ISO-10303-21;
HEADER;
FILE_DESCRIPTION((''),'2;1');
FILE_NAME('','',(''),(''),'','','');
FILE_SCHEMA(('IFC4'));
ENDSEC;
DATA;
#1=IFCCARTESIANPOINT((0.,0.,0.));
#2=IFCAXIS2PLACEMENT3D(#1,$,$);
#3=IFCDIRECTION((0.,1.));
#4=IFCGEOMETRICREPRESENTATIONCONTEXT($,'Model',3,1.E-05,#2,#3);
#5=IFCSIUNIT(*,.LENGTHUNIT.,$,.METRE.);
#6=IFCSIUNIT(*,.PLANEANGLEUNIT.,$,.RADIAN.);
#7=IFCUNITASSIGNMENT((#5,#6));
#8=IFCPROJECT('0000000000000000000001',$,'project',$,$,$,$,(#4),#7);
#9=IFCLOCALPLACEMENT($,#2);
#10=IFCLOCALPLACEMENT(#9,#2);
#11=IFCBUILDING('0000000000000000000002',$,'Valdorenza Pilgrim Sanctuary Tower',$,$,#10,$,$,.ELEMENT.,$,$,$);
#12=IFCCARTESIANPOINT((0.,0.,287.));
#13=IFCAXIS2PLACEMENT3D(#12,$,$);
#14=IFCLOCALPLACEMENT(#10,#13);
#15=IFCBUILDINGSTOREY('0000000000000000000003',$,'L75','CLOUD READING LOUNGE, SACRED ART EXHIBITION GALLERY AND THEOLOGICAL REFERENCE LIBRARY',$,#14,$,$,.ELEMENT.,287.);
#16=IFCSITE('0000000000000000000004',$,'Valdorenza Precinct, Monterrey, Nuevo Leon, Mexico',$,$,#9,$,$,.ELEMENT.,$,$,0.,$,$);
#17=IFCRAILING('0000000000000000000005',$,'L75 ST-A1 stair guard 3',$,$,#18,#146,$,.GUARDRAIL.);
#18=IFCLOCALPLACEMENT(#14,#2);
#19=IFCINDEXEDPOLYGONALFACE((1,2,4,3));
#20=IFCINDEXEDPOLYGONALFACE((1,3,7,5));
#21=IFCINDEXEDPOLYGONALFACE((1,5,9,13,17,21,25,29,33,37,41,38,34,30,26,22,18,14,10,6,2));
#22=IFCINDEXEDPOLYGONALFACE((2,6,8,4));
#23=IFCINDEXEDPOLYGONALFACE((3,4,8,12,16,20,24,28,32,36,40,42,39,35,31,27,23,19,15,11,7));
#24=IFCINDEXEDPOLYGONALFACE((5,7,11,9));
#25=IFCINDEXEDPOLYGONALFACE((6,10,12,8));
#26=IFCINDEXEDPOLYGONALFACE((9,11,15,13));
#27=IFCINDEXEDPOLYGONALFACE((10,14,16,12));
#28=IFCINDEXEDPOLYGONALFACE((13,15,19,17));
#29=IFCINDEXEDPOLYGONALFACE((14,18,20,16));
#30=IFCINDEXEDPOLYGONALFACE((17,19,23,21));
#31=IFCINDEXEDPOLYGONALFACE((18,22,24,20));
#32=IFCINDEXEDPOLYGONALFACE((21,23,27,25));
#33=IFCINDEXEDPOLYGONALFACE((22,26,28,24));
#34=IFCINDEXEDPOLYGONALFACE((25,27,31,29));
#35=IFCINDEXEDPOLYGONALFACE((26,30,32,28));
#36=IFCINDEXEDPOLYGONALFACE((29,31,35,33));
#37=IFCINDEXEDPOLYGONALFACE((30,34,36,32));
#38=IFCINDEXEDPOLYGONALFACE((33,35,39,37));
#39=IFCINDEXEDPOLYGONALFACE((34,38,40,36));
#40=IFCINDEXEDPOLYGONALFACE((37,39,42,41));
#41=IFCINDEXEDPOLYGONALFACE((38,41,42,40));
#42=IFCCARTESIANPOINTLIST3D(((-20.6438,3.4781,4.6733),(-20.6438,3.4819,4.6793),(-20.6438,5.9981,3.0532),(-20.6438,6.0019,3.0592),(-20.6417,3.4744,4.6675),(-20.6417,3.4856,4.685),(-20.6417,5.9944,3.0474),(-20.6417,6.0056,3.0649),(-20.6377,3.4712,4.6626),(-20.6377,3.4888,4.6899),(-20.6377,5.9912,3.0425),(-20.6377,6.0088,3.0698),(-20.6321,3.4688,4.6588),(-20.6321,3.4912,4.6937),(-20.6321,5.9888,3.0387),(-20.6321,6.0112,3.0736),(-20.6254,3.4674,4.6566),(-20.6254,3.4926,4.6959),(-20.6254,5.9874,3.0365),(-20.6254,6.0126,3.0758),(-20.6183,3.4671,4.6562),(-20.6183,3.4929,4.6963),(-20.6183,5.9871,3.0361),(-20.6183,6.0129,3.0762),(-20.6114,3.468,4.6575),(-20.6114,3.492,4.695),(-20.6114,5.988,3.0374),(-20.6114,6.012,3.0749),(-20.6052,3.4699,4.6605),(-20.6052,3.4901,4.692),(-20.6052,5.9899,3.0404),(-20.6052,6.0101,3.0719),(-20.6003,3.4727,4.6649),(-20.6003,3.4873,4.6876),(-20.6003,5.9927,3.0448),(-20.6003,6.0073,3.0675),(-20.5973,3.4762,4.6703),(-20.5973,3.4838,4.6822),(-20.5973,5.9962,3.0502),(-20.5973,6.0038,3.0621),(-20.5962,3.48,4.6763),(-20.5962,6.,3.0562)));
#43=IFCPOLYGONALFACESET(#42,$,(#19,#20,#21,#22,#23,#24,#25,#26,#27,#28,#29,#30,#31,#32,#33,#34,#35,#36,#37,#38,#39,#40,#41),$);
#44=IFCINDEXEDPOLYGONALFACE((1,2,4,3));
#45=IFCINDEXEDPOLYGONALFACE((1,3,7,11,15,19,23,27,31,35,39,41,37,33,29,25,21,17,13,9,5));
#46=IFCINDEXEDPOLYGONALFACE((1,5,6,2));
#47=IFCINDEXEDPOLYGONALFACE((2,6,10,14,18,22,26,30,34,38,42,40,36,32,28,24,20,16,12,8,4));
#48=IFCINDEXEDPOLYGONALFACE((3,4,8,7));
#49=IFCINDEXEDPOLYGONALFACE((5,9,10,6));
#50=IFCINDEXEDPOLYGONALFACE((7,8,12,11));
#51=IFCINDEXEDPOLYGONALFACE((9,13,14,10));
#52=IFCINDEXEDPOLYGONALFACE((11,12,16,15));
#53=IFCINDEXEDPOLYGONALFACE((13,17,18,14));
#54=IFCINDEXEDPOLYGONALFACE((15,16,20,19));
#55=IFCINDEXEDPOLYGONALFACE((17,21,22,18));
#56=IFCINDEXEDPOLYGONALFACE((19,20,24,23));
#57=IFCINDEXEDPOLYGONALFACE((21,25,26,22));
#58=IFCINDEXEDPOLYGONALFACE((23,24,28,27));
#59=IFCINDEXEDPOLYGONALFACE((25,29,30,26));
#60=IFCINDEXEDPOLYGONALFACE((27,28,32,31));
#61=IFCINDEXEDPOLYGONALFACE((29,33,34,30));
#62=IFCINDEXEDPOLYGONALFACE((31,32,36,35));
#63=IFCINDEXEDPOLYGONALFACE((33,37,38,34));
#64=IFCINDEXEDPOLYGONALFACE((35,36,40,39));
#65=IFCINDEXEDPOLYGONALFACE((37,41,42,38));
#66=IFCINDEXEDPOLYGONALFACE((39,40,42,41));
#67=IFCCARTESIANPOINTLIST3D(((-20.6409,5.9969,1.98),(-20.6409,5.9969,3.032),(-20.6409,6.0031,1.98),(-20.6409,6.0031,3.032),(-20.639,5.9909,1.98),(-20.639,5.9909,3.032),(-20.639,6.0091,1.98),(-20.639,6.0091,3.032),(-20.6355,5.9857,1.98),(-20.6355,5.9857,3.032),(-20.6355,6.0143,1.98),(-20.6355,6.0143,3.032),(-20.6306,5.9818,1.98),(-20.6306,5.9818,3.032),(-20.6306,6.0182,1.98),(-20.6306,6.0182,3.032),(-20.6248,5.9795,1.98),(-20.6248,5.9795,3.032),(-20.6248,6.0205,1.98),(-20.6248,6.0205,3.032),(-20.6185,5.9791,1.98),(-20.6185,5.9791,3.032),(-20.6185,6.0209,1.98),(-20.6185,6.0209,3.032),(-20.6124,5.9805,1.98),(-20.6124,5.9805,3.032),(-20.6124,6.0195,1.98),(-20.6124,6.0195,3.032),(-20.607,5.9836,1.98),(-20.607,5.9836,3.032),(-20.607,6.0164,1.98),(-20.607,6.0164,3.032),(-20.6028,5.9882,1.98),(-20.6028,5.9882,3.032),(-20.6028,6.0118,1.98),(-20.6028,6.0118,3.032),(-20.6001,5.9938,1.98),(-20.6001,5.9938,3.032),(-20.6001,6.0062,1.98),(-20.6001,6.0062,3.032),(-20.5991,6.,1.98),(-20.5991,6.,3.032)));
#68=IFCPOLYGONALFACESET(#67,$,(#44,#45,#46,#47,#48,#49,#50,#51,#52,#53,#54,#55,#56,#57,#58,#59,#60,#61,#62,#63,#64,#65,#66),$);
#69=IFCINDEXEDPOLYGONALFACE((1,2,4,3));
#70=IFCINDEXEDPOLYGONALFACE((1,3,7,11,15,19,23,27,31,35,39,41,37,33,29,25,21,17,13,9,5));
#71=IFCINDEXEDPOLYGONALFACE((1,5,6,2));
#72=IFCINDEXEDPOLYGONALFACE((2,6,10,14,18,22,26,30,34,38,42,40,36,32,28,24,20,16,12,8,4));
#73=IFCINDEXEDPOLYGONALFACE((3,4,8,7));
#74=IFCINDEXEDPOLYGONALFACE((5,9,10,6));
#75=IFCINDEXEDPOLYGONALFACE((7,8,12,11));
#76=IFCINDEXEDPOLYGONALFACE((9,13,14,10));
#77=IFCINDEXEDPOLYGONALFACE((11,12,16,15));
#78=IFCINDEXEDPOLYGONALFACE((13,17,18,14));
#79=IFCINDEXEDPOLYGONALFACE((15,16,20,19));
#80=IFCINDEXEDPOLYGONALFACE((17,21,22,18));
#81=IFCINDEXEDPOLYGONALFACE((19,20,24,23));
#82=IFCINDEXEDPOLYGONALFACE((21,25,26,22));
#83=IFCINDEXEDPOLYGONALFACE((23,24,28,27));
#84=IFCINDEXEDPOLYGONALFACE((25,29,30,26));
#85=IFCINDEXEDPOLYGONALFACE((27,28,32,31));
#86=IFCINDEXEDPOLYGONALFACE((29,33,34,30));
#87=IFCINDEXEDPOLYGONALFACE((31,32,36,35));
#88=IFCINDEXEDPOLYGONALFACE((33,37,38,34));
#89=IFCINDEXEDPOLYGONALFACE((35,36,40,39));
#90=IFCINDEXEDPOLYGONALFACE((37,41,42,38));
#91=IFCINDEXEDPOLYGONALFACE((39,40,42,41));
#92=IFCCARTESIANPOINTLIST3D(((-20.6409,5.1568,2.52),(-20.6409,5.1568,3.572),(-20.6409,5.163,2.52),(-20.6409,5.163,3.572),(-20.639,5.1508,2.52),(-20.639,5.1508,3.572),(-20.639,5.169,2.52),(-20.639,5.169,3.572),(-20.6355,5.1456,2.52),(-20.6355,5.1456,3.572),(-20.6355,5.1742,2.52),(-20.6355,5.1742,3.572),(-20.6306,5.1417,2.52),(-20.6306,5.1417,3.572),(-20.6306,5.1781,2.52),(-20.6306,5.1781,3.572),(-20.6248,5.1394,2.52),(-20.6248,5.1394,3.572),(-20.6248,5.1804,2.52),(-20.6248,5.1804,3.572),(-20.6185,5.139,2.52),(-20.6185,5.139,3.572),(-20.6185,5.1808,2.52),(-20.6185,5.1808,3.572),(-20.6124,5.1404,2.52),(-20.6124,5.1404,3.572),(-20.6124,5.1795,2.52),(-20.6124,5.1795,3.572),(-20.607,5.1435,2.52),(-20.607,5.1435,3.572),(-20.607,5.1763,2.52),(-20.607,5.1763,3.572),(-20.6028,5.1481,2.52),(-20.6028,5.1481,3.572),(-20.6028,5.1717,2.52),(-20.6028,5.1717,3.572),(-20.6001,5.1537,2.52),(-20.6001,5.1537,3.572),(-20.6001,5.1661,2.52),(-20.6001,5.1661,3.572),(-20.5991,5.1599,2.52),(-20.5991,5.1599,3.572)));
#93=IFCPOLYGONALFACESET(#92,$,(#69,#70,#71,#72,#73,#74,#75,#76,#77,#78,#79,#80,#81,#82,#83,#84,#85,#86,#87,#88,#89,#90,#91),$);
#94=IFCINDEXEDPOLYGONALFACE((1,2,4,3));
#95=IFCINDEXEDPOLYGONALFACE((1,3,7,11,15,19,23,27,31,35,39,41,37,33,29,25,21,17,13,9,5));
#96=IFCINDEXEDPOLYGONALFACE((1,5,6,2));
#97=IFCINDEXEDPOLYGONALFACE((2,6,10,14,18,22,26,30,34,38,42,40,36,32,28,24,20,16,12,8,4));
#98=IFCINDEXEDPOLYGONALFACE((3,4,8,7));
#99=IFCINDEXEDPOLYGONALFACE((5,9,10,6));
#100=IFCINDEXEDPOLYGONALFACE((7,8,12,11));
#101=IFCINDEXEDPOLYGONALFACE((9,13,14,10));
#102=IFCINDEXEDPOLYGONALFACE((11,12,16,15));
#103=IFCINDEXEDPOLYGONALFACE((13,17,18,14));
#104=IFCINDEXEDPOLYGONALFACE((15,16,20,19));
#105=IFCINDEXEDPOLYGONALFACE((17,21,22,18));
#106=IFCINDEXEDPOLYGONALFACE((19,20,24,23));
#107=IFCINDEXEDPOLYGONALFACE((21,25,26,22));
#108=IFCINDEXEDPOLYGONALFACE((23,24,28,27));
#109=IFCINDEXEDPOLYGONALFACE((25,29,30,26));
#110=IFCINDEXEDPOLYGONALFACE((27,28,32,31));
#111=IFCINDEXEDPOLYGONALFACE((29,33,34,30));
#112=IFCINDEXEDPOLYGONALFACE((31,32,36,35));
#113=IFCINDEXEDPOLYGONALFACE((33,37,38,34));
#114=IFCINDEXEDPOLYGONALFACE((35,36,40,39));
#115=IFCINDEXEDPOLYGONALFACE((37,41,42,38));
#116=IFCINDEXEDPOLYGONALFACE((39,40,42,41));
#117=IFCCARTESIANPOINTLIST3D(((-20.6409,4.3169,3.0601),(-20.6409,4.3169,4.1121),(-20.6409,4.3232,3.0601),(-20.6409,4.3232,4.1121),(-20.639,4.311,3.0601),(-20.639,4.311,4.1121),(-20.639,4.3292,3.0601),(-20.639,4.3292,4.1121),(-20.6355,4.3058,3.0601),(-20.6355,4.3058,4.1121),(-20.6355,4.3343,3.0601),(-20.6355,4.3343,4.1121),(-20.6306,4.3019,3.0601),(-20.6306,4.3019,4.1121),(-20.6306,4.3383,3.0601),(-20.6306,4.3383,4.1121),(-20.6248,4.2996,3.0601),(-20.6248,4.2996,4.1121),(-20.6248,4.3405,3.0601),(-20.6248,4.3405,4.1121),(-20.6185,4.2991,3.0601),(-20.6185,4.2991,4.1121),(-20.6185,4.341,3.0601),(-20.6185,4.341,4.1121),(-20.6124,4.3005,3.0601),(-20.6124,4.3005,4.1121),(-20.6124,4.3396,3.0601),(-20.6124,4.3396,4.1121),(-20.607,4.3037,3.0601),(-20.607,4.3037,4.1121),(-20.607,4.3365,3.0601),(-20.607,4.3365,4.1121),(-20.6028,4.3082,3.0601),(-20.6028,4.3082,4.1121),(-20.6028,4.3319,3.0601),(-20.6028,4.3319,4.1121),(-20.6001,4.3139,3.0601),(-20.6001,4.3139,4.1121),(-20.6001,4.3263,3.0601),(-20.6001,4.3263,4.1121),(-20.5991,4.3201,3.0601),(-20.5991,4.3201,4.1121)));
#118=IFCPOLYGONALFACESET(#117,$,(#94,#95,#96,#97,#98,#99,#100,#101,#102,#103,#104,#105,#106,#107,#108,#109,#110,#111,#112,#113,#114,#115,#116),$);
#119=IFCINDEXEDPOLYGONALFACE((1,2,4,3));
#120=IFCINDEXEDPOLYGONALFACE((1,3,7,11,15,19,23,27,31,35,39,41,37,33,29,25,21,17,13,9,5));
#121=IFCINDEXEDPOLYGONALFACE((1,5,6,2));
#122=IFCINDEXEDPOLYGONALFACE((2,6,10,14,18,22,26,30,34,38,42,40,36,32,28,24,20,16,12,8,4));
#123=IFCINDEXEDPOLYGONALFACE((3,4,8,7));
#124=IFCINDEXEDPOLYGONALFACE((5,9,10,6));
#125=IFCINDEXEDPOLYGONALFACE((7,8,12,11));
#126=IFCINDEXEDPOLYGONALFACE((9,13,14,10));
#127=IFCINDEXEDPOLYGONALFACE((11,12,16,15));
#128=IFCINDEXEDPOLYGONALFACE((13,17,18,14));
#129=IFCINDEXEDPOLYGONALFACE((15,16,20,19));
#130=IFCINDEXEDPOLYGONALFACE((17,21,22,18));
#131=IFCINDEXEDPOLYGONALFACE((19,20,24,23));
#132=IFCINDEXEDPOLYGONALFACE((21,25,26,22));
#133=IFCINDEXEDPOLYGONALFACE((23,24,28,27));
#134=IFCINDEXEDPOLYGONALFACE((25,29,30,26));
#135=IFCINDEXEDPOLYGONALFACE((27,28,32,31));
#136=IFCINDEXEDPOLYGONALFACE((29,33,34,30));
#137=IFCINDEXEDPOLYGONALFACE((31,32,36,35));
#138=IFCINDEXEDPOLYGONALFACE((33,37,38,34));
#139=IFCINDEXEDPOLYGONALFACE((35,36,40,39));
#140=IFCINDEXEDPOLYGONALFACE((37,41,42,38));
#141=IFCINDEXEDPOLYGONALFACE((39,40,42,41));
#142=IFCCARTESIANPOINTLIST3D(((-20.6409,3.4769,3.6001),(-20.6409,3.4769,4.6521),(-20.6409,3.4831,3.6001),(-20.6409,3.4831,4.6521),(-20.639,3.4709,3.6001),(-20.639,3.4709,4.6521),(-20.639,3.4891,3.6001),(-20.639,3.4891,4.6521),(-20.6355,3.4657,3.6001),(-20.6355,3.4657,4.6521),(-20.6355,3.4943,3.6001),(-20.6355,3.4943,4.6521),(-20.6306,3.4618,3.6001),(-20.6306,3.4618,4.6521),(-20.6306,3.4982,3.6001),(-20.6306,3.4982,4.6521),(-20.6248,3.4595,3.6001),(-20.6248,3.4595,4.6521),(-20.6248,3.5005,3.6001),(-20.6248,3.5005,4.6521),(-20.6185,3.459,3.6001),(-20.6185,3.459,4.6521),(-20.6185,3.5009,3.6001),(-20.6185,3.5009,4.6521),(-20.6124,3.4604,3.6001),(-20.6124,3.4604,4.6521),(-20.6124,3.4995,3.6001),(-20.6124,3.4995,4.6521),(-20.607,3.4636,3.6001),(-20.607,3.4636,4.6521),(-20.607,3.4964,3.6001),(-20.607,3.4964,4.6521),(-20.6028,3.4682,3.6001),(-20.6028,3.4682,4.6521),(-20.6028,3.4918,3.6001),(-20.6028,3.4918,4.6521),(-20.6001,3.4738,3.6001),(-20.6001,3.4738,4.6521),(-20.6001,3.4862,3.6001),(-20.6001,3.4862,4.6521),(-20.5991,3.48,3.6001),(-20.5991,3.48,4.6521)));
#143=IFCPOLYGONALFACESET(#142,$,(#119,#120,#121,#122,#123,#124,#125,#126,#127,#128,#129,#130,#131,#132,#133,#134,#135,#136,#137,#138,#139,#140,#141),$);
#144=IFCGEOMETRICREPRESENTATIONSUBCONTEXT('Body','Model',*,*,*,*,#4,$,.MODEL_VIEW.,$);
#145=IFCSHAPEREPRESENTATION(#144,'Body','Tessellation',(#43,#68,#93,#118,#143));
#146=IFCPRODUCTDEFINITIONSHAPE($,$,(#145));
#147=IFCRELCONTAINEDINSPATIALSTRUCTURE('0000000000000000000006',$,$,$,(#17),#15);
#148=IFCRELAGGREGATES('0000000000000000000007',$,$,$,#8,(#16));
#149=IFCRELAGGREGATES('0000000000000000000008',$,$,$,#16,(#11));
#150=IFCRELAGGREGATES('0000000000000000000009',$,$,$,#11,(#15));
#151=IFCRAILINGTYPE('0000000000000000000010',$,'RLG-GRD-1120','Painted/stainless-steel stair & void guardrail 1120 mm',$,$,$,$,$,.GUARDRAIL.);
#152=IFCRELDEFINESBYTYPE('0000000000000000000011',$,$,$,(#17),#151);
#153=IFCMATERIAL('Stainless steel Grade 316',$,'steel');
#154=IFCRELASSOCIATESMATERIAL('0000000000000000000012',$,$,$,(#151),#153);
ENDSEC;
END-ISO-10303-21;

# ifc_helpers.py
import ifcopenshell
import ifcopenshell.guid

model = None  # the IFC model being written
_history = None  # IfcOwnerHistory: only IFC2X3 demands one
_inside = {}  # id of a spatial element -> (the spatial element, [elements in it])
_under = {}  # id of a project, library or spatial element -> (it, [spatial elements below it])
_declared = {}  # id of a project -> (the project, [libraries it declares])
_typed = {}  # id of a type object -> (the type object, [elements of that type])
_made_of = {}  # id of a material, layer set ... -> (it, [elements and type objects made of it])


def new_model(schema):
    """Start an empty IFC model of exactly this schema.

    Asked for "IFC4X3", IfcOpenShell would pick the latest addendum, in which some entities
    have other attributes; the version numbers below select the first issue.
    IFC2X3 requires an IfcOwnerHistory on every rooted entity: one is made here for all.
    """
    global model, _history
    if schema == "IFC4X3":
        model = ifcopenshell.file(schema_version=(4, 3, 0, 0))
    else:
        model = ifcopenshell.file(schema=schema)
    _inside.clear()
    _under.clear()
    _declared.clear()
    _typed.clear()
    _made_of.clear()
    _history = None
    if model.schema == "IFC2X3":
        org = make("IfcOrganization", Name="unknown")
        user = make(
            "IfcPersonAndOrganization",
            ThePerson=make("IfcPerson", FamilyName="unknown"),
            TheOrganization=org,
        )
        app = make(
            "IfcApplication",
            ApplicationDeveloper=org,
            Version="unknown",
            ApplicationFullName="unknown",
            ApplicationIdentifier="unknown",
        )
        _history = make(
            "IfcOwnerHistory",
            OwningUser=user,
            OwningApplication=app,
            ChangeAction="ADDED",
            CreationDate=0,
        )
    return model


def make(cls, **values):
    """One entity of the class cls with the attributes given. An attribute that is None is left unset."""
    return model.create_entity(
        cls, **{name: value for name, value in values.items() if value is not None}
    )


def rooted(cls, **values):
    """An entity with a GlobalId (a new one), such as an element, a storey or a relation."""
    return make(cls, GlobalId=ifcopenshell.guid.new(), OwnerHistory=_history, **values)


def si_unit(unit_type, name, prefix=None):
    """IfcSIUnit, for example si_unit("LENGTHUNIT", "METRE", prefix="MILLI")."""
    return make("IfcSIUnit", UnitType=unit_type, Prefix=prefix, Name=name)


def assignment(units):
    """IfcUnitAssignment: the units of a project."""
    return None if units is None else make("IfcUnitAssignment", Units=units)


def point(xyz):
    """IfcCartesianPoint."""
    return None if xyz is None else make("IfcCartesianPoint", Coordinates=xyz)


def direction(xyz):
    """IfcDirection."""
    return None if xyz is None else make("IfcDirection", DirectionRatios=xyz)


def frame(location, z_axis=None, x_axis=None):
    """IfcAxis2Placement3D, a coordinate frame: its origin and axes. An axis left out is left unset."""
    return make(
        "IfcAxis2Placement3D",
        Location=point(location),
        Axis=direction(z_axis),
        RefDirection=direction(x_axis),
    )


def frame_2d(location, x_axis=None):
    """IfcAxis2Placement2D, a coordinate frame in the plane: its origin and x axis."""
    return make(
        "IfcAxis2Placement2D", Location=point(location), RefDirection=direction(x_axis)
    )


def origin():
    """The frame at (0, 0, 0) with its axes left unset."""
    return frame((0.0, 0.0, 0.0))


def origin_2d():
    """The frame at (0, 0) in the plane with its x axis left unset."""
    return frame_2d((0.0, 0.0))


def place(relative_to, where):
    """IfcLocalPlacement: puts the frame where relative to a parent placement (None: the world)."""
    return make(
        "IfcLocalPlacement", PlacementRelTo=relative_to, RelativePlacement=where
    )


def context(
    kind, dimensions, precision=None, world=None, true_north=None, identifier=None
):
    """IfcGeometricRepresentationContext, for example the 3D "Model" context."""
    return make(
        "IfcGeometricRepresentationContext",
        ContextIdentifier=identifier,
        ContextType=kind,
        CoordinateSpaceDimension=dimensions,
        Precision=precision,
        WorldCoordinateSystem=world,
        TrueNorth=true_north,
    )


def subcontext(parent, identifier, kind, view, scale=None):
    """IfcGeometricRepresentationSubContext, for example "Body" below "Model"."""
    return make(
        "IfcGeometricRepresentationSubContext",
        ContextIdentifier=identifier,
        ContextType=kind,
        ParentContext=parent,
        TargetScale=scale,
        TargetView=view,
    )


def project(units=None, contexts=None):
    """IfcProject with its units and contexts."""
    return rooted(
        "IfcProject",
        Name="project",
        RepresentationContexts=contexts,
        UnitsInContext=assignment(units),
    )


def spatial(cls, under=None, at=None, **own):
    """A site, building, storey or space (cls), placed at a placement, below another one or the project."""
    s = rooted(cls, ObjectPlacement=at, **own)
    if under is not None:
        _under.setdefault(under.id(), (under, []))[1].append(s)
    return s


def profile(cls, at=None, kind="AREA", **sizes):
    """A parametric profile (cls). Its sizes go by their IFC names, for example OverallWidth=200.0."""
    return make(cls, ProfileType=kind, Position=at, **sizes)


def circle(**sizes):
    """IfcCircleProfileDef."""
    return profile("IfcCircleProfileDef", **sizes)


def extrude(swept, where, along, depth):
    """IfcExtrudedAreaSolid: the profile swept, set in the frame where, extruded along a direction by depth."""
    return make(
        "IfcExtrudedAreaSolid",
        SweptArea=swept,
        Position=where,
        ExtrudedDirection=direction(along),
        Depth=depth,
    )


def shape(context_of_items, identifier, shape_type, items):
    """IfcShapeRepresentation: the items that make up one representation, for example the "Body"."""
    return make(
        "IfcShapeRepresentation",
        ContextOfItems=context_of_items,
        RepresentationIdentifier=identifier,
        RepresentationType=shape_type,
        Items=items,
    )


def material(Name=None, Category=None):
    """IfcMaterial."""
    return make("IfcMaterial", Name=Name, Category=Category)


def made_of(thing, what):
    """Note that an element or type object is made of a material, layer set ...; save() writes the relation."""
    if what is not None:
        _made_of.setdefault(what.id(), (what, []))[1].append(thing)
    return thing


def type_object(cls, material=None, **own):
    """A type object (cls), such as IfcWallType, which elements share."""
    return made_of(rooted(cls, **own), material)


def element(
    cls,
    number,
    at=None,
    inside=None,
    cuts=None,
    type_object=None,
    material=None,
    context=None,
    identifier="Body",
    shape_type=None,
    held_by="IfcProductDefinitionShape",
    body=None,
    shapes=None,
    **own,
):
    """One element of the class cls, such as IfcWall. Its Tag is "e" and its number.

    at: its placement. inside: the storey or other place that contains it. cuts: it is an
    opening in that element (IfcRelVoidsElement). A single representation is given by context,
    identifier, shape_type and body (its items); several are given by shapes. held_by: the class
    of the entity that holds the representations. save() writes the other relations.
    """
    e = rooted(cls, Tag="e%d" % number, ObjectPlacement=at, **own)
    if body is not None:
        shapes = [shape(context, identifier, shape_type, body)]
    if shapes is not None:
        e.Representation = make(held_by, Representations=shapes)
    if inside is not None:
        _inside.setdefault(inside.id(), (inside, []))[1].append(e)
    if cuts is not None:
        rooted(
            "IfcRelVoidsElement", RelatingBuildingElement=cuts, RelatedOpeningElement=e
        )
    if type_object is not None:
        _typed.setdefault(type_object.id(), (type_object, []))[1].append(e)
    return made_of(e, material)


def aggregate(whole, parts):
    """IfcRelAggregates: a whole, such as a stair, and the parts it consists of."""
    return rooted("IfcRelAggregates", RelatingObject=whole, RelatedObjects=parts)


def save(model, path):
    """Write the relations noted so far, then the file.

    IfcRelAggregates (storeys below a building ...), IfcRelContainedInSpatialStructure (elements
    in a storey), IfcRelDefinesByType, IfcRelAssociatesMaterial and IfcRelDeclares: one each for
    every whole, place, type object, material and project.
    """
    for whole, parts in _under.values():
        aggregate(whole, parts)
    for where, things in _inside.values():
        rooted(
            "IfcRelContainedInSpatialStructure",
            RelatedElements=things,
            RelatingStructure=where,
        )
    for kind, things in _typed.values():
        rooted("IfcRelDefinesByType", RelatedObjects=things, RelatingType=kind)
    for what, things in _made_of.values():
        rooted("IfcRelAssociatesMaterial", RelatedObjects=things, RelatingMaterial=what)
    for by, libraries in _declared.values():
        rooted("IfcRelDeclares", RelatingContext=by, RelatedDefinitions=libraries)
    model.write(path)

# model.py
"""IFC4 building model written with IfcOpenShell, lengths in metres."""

from ifc_helpers import new_model, si_unit, direction, frame, origin, origin_2d, place, context, subcontext, project, spatial, circle, extrude, material, type_object, element, save


model = new_model("IFC4")

# Units and contexts
model_context = context("Model", 3, precision=1e-05, world=origin(), true_north=direction((0.0, 1.0)))
body_context = subcontext(model_context, "Body", "Model", "MODEL_VIEW")
ifc_project = project(units=[si_unit("LENGTHUNIT", "METRE"), si_unit("PLANEANGLEUNIT", "RADIAN")], contexts=[model_context])

# Site, building, storey
site_placement = place(None, origin())
site = spatial("IfcSite", under=ifc_project, at=site_placement, Name="Valdorenza Precinct, Monterrey, Nuevo Leon, Mexico", CompositionType="ELEMENT", RefElevation=0.0)
building_placement = place(site_placement, origin())
building = spatial("IfcBuilding", under=site, at=building_placement, Name="Valdorenza Pilgrim Sanctuary Tower", CompositionType="ELEMENT")
storey_placement = place(building_placement, frame((0.0, 0.0, 287.0)))
storey = spatial("IfcBuildingStorey", under=building, at=storey_placement, Name="L75", Description="CLOUD READING LOUNGE, SACRED ART EXHIBITION GALLERY AND THEOLOGICAL REFERENCE LIBRARY", CompositionType="ELEMENT", Elevation=287.0)

# Railing
ifc_material_1 = material(Name="Stainless steel Grade 316", Category="steel")
railing_type_1 = type_object("IfcRailingType", Name="RLG-GRD-1120", Description="Painted/stainless-steel stair & void guardrail 1120 mm", PredefinedType="GUARDRAIL", material=ifc_material_1)
railing_1_placement = place(storey_placement, frame((-20.6201, 6.0, 1.98)))
element("IfcRailing", 1, at=railing_1_placement, inside=storey, type_object=railing_type_1, Name="L75 ST-A1 stair guard 3", PredefinedType="GUARDRAIL", context=body_context, shape_type="SweptSolid", body=[
    extrude(circle(Radius=0.0239, at=origin_2d()), frame((0.0, 0.0, 1.0762), z_axis=(0.0, -0.841163, 0.540782), x_axis=(1.0, 0.0, 0.0)), (0.0, 0.0, 1.0), 2.9958),
    extrude(circle(Radius=0.021, at=origin_2d()), origin(), (0.0, 0.0, 1.0), 1.052),
    extrude(circle(Radius=0.021, at=origin_2d()), frame((0.0, -0.8401, 0.54)), (0.0, 0.0, 1.0), 1.052),
    extrude(circle(Radius=0.021, at=origin_2d()), frame((0.0, -1.6799, 1.0801)), (0.0, 0.0, 1.0), 1.052),
    extrude(circle(Radius=0.021, at=origin_2d()), frame((0.0, -2.52, 1.6201)), (0.0, 0.0, 1.0), 1.052),
])

save(model, "model.ifc")
